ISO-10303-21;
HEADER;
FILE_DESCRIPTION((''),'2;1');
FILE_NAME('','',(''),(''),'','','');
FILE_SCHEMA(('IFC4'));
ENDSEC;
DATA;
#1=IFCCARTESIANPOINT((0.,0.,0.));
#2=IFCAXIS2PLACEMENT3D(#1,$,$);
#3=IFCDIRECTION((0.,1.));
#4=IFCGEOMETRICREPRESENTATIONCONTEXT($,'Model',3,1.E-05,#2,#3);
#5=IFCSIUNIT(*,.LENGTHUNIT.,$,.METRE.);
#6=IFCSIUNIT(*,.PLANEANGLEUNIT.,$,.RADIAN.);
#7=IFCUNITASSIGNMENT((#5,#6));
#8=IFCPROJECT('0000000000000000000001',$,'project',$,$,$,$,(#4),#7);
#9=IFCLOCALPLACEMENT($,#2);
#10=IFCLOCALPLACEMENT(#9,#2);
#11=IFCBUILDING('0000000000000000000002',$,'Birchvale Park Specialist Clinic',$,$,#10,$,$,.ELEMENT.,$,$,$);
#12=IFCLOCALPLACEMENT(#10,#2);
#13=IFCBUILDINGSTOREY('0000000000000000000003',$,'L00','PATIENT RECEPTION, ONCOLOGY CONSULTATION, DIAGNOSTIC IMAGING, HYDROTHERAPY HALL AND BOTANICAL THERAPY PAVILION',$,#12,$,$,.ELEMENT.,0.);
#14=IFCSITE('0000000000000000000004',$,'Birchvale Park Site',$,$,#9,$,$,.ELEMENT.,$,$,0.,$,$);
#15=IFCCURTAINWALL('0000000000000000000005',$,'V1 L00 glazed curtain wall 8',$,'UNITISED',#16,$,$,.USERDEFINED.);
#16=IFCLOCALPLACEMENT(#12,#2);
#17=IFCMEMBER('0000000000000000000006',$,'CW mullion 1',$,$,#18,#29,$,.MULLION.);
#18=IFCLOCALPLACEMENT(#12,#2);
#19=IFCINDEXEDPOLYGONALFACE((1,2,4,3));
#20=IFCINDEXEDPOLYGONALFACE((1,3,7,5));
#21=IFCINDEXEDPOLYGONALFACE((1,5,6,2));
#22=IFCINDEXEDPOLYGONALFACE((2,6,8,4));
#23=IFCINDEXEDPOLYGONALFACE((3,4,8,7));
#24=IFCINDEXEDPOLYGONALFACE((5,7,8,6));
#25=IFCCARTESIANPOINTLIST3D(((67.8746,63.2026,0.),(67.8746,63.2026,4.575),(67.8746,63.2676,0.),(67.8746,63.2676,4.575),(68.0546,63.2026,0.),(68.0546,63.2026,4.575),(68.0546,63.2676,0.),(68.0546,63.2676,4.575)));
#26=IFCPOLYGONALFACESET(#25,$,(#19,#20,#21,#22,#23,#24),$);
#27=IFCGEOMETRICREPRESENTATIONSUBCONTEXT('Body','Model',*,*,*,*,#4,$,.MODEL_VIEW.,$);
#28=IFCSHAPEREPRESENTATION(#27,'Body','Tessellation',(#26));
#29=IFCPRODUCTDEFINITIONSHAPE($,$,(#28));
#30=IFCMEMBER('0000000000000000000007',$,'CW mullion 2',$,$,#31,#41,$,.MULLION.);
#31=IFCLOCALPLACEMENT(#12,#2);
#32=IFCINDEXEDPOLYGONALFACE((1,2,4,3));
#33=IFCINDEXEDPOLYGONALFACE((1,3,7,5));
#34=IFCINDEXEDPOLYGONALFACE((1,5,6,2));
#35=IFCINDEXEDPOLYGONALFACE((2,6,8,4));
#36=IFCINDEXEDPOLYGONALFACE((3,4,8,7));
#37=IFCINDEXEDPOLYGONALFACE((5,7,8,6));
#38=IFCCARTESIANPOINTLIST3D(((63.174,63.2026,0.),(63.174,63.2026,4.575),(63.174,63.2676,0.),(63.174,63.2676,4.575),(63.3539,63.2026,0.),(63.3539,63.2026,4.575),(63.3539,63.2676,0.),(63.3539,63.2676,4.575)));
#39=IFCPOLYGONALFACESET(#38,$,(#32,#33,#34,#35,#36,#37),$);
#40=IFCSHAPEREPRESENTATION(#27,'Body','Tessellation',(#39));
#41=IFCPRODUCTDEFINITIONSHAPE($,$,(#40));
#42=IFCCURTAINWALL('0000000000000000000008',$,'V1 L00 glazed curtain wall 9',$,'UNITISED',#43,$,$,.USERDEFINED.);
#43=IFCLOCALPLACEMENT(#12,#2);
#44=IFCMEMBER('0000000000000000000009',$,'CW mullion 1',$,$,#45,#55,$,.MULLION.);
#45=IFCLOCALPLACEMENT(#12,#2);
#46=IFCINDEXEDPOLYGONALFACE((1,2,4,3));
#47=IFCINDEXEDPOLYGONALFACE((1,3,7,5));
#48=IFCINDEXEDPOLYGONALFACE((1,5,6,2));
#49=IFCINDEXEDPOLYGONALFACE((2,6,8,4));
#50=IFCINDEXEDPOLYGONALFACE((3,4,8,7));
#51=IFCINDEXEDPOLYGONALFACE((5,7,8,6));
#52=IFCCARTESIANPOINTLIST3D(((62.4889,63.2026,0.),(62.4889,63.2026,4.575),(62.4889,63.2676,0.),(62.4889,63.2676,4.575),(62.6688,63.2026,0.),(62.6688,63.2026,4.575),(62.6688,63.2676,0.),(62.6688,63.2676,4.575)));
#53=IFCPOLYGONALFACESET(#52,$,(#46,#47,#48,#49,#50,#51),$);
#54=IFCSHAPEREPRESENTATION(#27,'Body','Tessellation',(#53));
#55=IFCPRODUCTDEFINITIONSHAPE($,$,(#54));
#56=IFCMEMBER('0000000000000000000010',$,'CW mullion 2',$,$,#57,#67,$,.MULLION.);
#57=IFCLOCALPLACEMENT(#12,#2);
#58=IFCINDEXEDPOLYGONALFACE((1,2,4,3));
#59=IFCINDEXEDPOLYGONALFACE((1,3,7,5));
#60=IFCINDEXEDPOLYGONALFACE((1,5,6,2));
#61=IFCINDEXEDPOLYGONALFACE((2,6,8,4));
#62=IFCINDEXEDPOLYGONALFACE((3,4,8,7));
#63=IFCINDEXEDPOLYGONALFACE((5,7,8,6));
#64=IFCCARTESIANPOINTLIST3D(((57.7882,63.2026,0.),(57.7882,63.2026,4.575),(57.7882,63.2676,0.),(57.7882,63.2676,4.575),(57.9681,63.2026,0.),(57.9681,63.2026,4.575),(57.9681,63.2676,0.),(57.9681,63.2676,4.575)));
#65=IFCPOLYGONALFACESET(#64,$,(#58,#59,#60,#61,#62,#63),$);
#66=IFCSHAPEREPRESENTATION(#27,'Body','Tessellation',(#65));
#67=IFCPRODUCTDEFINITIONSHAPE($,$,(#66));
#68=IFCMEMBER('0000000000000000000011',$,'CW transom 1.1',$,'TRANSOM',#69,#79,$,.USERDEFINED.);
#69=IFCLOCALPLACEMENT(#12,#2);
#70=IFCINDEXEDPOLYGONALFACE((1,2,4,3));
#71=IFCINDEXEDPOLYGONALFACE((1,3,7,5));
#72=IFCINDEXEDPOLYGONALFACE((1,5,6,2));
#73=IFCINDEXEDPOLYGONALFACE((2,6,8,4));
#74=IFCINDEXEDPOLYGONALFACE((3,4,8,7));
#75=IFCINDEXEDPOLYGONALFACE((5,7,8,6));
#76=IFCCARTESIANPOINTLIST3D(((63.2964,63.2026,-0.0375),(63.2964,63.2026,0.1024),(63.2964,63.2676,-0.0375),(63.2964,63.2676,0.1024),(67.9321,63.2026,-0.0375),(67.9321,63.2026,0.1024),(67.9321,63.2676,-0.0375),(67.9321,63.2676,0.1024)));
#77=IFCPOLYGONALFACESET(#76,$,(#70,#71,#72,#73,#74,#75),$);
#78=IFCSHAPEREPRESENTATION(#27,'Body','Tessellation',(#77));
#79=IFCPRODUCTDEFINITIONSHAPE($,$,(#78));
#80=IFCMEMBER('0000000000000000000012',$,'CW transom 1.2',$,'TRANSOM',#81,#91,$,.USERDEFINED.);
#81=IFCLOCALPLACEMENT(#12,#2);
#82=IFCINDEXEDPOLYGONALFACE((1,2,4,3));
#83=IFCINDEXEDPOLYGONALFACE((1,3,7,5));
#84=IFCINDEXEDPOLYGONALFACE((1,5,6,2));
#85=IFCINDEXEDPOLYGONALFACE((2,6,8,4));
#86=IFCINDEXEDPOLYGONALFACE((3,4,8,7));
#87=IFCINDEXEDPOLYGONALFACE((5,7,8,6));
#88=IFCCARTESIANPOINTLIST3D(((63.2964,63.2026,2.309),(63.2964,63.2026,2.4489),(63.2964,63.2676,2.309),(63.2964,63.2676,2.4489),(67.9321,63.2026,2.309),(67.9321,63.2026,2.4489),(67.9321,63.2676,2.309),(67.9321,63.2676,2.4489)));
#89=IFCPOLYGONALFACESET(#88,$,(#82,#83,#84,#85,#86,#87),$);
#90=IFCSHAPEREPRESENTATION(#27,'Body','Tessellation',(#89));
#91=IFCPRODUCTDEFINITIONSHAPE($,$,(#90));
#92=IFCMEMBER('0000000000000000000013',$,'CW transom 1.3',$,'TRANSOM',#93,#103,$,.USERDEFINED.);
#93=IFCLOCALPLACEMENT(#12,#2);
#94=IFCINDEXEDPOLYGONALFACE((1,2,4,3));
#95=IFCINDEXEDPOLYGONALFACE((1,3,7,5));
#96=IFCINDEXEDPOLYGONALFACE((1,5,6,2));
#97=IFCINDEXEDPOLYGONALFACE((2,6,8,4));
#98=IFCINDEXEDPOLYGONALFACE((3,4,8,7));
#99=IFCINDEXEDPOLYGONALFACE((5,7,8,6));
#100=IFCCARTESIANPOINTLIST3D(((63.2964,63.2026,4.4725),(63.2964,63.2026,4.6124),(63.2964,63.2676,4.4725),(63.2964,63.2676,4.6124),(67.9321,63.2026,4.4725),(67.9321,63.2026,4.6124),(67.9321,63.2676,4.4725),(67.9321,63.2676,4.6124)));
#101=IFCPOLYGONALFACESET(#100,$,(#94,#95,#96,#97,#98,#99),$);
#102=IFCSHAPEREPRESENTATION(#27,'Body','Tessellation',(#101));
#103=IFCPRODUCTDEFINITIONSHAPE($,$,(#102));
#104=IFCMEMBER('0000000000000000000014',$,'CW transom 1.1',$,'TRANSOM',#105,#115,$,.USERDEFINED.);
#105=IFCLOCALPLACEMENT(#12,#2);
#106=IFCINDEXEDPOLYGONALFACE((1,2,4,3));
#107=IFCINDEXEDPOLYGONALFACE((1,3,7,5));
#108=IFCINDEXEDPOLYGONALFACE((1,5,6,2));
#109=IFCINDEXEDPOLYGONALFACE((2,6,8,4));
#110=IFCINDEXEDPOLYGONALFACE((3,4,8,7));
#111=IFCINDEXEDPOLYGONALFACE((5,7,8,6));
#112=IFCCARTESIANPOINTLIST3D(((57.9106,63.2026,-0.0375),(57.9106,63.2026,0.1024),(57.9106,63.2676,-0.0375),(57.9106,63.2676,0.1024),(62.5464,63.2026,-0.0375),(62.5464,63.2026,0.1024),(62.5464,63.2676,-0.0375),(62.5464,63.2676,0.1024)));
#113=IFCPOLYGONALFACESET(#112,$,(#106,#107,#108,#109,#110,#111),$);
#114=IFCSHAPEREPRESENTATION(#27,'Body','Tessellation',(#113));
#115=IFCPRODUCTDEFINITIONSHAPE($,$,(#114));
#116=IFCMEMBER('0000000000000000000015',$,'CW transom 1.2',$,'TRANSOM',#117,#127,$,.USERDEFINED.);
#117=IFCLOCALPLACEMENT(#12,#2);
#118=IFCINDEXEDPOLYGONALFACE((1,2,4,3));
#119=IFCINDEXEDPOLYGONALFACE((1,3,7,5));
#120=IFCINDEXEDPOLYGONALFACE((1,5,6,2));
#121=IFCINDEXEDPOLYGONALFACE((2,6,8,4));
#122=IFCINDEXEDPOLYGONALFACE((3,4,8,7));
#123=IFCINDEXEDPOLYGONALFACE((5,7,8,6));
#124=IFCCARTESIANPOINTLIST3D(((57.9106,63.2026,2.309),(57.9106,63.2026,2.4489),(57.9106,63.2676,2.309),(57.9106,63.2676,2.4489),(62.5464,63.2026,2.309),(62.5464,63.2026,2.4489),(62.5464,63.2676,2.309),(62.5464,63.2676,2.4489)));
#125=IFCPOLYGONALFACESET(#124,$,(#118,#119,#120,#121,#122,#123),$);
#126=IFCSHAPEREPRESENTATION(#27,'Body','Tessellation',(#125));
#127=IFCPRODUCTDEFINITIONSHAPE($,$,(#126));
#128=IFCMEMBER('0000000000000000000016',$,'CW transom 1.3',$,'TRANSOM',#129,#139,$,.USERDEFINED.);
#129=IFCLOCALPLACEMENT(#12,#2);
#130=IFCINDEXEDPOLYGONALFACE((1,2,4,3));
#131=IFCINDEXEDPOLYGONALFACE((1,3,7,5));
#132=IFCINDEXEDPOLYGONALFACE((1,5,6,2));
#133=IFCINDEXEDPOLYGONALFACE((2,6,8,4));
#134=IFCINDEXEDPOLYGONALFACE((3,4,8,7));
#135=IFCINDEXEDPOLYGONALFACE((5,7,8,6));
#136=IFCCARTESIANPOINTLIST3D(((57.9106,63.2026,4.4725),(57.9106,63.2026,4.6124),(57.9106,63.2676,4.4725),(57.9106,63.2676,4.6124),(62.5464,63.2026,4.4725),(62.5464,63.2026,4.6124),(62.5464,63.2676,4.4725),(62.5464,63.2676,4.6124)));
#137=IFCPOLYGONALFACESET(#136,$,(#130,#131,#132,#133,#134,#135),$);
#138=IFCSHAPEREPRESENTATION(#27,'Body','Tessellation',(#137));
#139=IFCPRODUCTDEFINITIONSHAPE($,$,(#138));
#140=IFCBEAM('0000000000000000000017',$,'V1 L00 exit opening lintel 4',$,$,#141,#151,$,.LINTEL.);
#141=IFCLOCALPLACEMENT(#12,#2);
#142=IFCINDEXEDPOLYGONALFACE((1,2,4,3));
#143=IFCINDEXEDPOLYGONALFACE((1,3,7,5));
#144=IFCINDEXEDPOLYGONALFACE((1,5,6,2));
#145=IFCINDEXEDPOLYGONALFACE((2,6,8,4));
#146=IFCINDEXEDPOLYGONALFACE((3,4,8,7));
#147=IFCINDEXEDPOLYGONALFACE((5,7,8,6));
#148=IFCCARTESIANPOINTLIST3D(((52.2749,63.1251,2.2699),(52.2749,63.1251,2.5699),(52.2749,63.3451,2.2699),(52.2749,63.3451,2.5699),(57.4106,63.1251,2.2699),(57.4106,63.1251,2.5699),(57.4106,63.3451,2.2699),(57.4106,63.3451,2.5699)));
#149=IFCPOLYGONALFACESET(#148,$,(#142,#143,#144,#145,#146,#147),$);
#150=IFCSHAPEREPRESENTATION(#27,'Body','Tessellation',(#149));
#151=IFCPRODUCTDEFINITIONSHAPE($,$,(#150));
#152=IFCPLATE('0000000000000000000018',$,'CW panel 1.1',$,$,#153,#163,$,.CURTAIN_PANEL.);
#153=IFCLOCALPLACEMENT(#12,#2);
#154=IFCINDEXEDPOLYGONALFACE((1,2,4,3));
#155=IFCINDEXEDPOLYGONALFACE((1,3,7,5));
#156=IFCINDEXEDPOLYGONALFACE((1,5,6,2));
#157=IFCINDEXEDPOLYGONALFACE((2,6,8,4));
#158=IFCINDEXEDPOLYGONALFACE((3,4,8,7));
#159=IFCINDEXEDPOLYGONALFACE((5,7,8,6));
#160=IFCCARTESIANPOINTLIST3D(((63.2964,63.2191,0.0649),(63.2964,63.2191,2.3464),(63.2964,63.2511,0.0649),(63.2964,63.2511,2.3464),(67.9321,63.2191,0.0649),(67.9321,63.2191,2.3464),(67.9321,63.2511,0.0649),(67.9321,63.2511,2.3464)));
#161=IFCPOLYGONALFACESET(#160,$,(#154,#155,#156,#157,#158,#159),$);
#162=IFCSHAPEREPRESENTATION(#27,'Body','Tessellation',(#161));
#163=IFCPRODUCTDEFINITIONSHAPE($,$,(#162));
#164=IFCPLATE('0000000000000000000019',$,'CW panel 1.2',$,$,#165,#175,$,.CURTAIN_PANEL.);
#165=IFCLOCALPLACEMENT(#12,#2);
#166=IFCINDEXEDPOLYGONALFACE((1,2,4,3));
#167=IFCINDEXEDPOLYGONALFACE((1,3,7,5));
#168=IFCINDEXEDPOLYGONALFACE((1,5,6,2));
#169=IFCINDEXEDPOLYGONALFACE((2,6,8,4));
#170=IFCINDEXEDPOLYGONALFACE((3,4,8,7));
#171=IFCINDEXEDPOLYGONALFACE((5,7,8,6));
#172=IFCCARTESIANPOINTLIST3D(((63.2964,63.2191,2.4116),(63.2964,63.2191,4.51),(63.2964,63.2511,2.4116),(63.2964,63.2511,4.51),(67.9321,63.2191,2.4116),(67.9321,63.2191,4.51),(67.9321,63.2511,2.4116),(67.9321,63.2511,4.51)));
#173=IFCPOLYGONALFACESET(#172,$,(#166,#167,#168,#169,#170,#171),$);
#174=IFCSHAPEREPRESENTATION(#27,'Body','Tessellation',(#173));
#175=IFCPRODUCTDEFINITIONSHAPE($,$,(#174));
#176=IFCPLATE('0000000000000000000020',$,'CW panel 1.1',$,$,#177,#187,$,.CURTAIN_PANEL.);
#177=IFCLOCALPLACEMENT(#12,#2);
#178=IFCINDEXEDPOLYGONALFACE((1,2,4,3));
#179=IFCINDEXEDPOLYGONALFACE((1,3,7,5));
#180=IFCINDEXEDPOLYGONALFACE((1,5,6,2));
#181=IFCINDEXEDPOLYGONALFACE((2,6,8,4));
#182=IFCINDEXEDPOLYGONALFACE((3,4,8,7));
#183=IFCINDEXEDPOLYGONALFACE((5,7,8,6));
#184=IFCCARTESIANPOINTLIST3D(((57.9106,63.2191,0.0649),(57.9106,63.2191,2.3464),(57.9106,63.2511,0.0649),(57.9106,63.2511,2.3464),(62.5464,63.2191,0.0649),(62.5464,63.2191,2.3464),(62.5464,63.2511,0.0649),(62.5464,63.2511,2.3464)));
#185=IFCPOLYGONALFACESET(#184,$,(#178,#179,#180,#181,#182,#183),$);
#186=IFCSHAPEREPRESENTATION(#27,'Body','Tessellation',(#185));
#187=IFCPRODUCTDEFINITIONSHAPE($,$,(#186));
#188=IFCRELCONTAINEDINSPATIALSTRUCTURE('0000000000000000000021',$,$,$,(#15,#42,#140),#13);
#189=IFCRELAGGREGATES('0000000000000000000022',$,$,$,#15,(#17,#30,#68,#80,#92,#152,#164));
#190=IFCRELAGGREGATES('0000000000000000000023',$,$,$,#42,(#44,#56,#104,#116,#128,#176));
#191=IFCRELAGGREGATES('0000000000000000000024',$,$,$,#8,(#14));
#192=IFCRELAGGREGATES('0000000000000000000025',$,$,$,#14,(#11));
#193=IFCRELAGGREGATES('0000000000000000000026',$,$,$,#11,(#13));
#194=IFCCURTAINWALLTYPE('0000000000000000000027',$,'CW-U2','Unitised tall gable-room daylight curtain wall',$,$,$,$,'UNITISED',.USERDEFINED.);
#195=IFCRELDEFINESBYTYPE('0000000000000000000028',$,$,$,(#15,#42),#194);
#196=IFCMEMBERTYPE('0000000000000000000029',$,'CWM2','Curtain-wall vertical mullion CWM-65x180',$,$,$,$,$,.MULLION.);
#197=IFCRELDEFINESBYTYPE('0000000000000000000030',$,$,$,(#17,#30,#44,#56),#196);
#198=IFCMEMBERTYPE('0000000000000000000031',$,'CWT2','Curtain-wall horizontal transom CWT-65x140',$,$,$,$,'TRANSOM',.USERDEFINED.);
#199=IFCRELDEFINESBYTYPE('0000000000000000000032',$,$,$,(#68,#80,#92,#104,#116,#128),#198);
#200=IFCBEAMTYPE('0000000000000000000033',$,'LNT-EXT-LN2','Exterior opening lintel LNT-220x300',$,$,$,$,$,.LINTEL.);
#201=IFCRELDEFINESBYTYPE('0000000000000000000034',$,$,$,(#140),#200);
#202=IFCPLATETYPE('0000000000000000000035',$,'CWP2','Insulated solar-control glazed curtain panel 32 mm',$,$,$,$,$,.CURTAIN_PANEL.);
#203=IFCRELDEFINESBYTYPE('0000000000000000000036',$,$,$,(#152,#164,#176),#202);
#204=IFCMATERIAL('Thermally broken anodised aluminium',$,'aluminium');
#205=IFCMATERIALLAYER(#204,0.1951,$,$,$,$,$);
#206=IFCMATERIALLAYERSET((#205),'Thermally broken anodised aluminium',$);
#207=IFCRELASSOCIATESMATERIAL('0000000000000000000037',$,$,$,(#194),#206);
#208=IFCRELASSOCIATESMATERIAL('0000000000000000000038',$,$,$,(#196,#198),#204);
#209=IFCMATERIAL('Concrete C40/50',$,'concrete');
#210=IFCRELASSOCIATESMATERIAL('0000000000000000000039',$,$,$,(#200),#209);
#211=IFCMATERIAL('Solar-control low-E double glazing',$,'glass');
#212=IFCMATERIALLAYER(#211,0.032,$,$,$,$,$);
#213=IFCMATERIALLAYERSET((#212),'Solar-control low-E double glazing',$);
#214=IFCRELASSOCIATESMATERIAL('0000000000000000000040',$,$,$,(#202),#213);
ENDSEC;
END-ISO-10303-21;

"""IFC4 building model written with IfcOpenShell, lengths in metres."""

from ifc_helpers import new_model, si_unit, direction, frame, origin, origin_2d, place, context, subcontext, project, spatial, rectangle, extrude, material, layer, layer_set, material_profile, profile_set, type_object, element, aggregate, save


model = new_model("IFC4")

# Units and contexts
model_context = context("Model", 3, precision=1e-05, world=origin(), true_north=direction((0.0, 1.0)))
body_context = subcontext(model_context, "Body", "Model", "MODEL_VIEW")
ifc_project = project(units=[si_unit("LENGTHUNIT", "METRE"), si_unit("PLANEANGLEUNIT", "RADIAN")], contexts=[model_context])

# Site, building, storey
site_placement = place(None, origin())
site = spatial("IfcSite", under=ifc_project, at=site_placement, Name="Birchvale Park Site", CompositionType="ELEMENT", RefElevation=0.0)
building_placement = place(site_placement, origin())
building = spatial("IfcBuilding", under=site, at=building_placement, Name="Birchvale Park Specialist Clinic", CompositionType="ELEMENT")
storey_placement = place(building_placement, origin())
storey = spatial("IfcBuildingStorey", under=building, at=storey_placement, Name="L00", Description="PATIENT RECEPTION, ONCOLOGY CONSULTATION, DIAGNOSTIC IMAGING, HYDROTHERAPY HALL AND BOTANICAL THERAPY PAVILION", CompositionType="ELEMENT", Elevation=0.0)

# Curtain walls, members
ifc_material_1 = material(Name="Thermally broken anodised aluminium", Category="aluminium")
ifc_layer_1 = layer(ifc_material_1, 0.1951)
ifc_layer_set_1 = layer_set([ifc_layer_1], Name="Thermally broken anodised aluminium")
curtain_wall_type = type_object("IfcCurtainWallType", Name="CW-U2", Description="Unitised tall gable-room daylight curtain wall", ElementType="UNITISED", PredefinedType="USERDEFINED", material=ifc_layer_set_1)
curtain_wall_1_placement = place(storey_placement, origin())
curtain_wall_1 = element("IfcCurtainWall", 1, at=curtain_wall_1_placement, inside=storey, type_object=curtain_wall_type, Name="V1 L00 glazed curtain wall 8", ObjectType="UNITISED", PredefinedType="USERDEFINED")
ifc_material_profile_1 = material_profile(ifc_material_1, rectangle(XDim=0.0649, YDim=0.1799, at=origin_2d()), Name="CWM-65x180")
ifc_profile_set_1 = profile_set([ifc_material_profile_1], Name="Thermally broken anodised aluminium")
member_type_1 = type_object("IfcMemberType", Name="CWM2", Description="Curtain-wall vertical mullion CWM-65x180", PredefinedType="MULLION", material=ifc_profile_set_1)
member_1_placement = place(storey_placement, frame((67.9646, 63.2351, 0.0), z_axis=(0.0, 0.0, 1.0), x_axis=(0.0, -1.0, 0.0)))
member_1 = element("IfcMember", 2, at=member_1_placement, type_object=member_type_1, Name="CW mullion 1", PredefinedType="MULLION", context=body_context, shape_type="SweptSolid", body=[
    extrude(rectangle(XDim=0.0649, YDim=0.1799, at=origin_2d()), origin(), (0.0, 0.0, 1.0), 4.575),
])
member_2_placement = place(storey_placement, frame((63.2639, 63.2351, 0.0), z_axis=(0.0, 0.0, 1.0), x_axis=(0.0, -1.0, 0.0)))
member_2 = element("IfcMember", 3, at=member_2_placement, type_object=member_type_1, Name="CW mullion 2", PredefinedType="MULLION", context=body_context, shape_type="SweptSolid", body=[
    extrude(rectangle(XDim=0.0649, YDim=0.1799, at=origin_2d()), origin(), (0.0, 0.0, 1.0), 4.575),
])
curtain_wall_2_placement = place(storey_placement, origin())
curtain_wall_2 = element("IfcCurtainWall", 4, at=curtain_wall_2_placement, inside=storey, type_object=curtain_wall_type, Name="V1 L00 glazed curtain wall 9", ObjectType="UNITISED", PredefinedType="USERDEFINED")
member_3_placement = place(storey_placement, frame((62.5789, 63.2351, 0.0), z_axis=(0.0, 0.0, 1.0), x_axis=(0.0, -1.0, 0.0)))
member_3 = element("IfcMember", 5, at=member_3_placement, type_object=member_type_1, Name="CW mullion 1", PredefinedType="MULLION", context=body_context, shape_type="SweptSolid", body=[
    extrude(rectangle(XDim=0.0649, YDim=0.1799, at=origin_2d()), origin(), (0.0, 0.0, 1.0), 4.575),
])
member_4_placement = place(storey_placement, frame((57.8782, 63.2351, 0.0), z_axis=(0.0, 0.0, 1.0), x_axis=(0.0, -1.0, 0.0)))
member_4 = element("IfcMember", 6, at=member_4_placement, type_object=member_type_1, Name="CW mullion 2", PredefinedType="MULLION", context=body_context, shape_type="SweptSolid", body=[
    extrude(rectangle(XDim=0.0649, YDim=0.1799, at=origin_2d()), origin(), (0.0, 0.0, 1.0), 4.575),
])

# Members
ifc_material_profile_2 = material_profile(ifc_material_1, rectangle(XDim=0.0649, YDim=0.1399, at=origin_2d()), Name="CWT-65x140")
ifc_profile_set_2 = profile_set([ifc_material_profile_2], Name="Thermally broken anodised aluminium")
member_type_2 = type_object("IfcMemberType", Name="CWT2", Description="Curtain-wall horizontal transom CWT-65x140", ElementType="TRANSOM", PredefinedType="USERDEFINED", material=ifc_profile_set_2)
member_5_placement = place(storey_placement, frame((67.9321, 63.2351, 0.0325), z_axis=(-1.0, 0.0, 0.0), x_axis=(0.0, -1.0, 0.0)))
member_5 = element("IfcMember", 7, at=member_5_placement, type_object=member_type_2, Name="CW transom 1.1", ObjectType="TRANSOM", PredefinedType="USERDEFINED", context=body_context, shape_type="SweptSolid", body=[
    extrude(rectangle(XDim=0.0649, YDim=0.1399, at=origin_2d()), origin(), (0.0, 0.0, 1.0), 4.6357),
])
member_6_placement = place(storey_placement, frame((67.9321, 63.2351, 2.3789), z_axis=(-1.0, 0.0, 0.0), x_axis=(0.0, -1.0, 0.0)))
member_6 = element("IfcMember", 8, at=member_6_placement, type_object=member_type_2, Name="CW transom 1.2", ObjectType="TRANSOM", PredefinedType="USERDEFINED", context=body_context, shape_type="SweptSolid", body=[
    extrude(rectangle(XDim=0.0649, YDim=0.1399, at=origin_2d()), origin(), (0.0, 0.0, 1.0), 4.6357),
])
member_7_placement = place(storey_placement, frame((67.9321, 63.2351, 4.5425), z_axis=(-1.0, 0.0, 0.0), x_axis=(0.0, -1.0, 0.0)))
member_7 = element("IfcMember", 9, at=member_7_placement, type_object=member_type_2, Name="CW transom 1.3", ObjectType="TRANSOM", PredefinedType="USERDEFINED", context=body_context, shape_type="SweptSolid", body=[
    extrude(rectangle(XDim=0.0649, YDim=0.1399, at=origin_2d()), origin(), (0.0, 0.0, 1.0), 4.6357),
])
member_8_placement = place(storey_placement, frame((62.5464, 63.2351, 0.0325), z_axis=(-1.0, 0.0, 0.0), x_axis=(0.0, -1.0, 0.0)))
member_8 = element("IfcMember", 10, at=member_8_placement, type_object=member_type_2, Name="CW transom 1.1", ObjectType="TRANSOM", PredefinedType="USERDEFINED", context=body_context, shape_type="SweptSolid", body=[
    extrude(rectangle(XDim=0.0649, YDim=0.1399, at=origin_2d()), origin(), (0.0, 0.0, 1.0), 4.6357),
])
member_9_placement = place(storey_placement, frame((62.5464, 63.2351, 2.3789), z_axis=(-1.0, 0.0, 0.0), x_axis=(0.0, -1.0, 0.0)))
member_9 = element("IfcMember", 11, at=member_9_placement, type_object=member_type_2, Name="CW transom 1.2", ObjectType="TRANSOM", PredefinedType="USERDEFINED", context=body_context, shape_type="SweptSolid", body=[
    extrude(rectangle(XDim=0.0649, YDim=0.1399, at=origin_2d()), origin(), (0.0, 0.0, 1.0), 4.6357),
])
member_10_placement = place(storey_placement, frame((62.5464, 63.2351, 4.5425), z_axis=(-1.0, 0.0, 0.0), x_axis=(0.0, -1.0, 0.0)))
member_10 = element("IfcMember", 12, at=member_10_placement, type_object=member_type_2, Name="CW transom 1.3", ObjectType="TRANSOM", PredefinedType="USERDEFINED", context=body_context, shape_type="SweptSolid", body=[
    extrude(rectangle(XDim=0.0649, YDim=0.1399, at=origin_2d()), origin(), (0.0, 0.0, 1.0), 4.6357),
])

# Beam
ifc_material_2 = material(Name="Concrete C40/50", Category="concrete")
ifc_material_profile_3 = material_profile(ifc_material_2, rectangle(XDim=0.22, YDim=0.3, at=origin_2d()), Name="LNT-220x300")
ifc_profile_set_3 = profile_set([ifc_material_profile_3], Name="Concrete C40/50")
beam_type = type_object("IfcBeamType", Name="LNT-EXT-LN2", Description="Exterior opening lintel LNT-220x300", PredefinedType="LINTEL", material=ifc_profile_set_3)
beam_placement = place(storey_placement, frame((57.4106, 63.2351, 2.4199), z_axis=(-1.0, 0.0, 0.0), x_axis=(0.0, -1.0, 0.0)))
element("IfcBeam", 13, at=beam_placement, inside=storey, type_object=beam_type, Name="V1 L00 exit opening lintel 4", PredefinedType="LINTEL", context=body_context, shape_type="SweptSolid", body=[
    extrude(rectangle(XDim=0.22, YDim=0.3, at=origin_2d()), origin(), (0.0, 0.0, 1.0), 5.1357),
])

# Plates
ifc_material_3 = material(Name="Solar-control low-E double glazing", Category="glass")
ifc_layer_2 = layer(ifc_material_3, 0.032)
ifc_layer_set_2 = layer_set([ifc_layer_2], Name="Solar-control low-E double glazing")
plate_type = type_object("IfcPlateType", Name="CWP2", Description="Insulated solar-control glazed curtain panel 32 mm", PredefinedType="CURTAIN_PANEL", material=ifc_layer_set_2)
plate_1_placement = place(storey_placement, frame((65.6143, 63.2351, 0.0649), z_axis=(0.0, 0.0, 1.0), x_axis=(-1.0, 0.0, 0.0)))
plate_1 = element("IfcPlate", 14, at=plate_1_placement, type_object=plate_type, Name="CW panel 1.1", PredefinedType="CURTAIN_PANEL", context=body_context, shape_type="SweptSolid", body=[
    extrude(rectangle(XDim=4.6357, YDim=0.032, at=origin_2d()), origin(), (0.0, 0.0, 1.0), 2.2815),
])
plate_2_placement = place(storey_placement, frame((65.6143, 63.2351, 2.4116), z_axis=(0.0, 0.0, 1.0), x_axis=(-1.0, 0.0, 0.0)))
plate_2 = element("IfcPlate", 15, at=plate_2_placement, type_object=plate_type, Name="CW panel 1.2", PredefinedType="CURTAIN_PANEL", context=body_context, shape_type="SweptSolid", body=[
    extrude(rectangle(XDim=4.6357, YDim=0.032, at=origin_2d()), origin(), (0.0, 0.0, 1.0), 2.0984),
])
aggregate(curtain_wall_1, [member_1, member_2, member_5, member_6, member_7, plate_1, plate_2])
plate_3_placement = place(storey_placement, frame((60.2285, 63.2351, 0.0649), z_axis=(0.0, 0.0, 1.0), x_axis=(-1.0, 0.0, 0.0)))
plate_3 = element("IfcPlate", 16, at=plate_3_placement, type_object=plate_type, Name="CW panel 1.1", PredefinedType="CURTAIN_PANEL", context=body_context, shape_type="SweptSolid", body=[
    extrude(rectangle(XDim=4.6357, YDim=0.032, at=origin_2d()), origin(), (0.0, 0.0, 1.0), 2.2815),
])
aggregate(curtain_wall_2, [member_3, member_4, member_8, member_9, member_10, plate_3])

save(model, "model.ifc")
